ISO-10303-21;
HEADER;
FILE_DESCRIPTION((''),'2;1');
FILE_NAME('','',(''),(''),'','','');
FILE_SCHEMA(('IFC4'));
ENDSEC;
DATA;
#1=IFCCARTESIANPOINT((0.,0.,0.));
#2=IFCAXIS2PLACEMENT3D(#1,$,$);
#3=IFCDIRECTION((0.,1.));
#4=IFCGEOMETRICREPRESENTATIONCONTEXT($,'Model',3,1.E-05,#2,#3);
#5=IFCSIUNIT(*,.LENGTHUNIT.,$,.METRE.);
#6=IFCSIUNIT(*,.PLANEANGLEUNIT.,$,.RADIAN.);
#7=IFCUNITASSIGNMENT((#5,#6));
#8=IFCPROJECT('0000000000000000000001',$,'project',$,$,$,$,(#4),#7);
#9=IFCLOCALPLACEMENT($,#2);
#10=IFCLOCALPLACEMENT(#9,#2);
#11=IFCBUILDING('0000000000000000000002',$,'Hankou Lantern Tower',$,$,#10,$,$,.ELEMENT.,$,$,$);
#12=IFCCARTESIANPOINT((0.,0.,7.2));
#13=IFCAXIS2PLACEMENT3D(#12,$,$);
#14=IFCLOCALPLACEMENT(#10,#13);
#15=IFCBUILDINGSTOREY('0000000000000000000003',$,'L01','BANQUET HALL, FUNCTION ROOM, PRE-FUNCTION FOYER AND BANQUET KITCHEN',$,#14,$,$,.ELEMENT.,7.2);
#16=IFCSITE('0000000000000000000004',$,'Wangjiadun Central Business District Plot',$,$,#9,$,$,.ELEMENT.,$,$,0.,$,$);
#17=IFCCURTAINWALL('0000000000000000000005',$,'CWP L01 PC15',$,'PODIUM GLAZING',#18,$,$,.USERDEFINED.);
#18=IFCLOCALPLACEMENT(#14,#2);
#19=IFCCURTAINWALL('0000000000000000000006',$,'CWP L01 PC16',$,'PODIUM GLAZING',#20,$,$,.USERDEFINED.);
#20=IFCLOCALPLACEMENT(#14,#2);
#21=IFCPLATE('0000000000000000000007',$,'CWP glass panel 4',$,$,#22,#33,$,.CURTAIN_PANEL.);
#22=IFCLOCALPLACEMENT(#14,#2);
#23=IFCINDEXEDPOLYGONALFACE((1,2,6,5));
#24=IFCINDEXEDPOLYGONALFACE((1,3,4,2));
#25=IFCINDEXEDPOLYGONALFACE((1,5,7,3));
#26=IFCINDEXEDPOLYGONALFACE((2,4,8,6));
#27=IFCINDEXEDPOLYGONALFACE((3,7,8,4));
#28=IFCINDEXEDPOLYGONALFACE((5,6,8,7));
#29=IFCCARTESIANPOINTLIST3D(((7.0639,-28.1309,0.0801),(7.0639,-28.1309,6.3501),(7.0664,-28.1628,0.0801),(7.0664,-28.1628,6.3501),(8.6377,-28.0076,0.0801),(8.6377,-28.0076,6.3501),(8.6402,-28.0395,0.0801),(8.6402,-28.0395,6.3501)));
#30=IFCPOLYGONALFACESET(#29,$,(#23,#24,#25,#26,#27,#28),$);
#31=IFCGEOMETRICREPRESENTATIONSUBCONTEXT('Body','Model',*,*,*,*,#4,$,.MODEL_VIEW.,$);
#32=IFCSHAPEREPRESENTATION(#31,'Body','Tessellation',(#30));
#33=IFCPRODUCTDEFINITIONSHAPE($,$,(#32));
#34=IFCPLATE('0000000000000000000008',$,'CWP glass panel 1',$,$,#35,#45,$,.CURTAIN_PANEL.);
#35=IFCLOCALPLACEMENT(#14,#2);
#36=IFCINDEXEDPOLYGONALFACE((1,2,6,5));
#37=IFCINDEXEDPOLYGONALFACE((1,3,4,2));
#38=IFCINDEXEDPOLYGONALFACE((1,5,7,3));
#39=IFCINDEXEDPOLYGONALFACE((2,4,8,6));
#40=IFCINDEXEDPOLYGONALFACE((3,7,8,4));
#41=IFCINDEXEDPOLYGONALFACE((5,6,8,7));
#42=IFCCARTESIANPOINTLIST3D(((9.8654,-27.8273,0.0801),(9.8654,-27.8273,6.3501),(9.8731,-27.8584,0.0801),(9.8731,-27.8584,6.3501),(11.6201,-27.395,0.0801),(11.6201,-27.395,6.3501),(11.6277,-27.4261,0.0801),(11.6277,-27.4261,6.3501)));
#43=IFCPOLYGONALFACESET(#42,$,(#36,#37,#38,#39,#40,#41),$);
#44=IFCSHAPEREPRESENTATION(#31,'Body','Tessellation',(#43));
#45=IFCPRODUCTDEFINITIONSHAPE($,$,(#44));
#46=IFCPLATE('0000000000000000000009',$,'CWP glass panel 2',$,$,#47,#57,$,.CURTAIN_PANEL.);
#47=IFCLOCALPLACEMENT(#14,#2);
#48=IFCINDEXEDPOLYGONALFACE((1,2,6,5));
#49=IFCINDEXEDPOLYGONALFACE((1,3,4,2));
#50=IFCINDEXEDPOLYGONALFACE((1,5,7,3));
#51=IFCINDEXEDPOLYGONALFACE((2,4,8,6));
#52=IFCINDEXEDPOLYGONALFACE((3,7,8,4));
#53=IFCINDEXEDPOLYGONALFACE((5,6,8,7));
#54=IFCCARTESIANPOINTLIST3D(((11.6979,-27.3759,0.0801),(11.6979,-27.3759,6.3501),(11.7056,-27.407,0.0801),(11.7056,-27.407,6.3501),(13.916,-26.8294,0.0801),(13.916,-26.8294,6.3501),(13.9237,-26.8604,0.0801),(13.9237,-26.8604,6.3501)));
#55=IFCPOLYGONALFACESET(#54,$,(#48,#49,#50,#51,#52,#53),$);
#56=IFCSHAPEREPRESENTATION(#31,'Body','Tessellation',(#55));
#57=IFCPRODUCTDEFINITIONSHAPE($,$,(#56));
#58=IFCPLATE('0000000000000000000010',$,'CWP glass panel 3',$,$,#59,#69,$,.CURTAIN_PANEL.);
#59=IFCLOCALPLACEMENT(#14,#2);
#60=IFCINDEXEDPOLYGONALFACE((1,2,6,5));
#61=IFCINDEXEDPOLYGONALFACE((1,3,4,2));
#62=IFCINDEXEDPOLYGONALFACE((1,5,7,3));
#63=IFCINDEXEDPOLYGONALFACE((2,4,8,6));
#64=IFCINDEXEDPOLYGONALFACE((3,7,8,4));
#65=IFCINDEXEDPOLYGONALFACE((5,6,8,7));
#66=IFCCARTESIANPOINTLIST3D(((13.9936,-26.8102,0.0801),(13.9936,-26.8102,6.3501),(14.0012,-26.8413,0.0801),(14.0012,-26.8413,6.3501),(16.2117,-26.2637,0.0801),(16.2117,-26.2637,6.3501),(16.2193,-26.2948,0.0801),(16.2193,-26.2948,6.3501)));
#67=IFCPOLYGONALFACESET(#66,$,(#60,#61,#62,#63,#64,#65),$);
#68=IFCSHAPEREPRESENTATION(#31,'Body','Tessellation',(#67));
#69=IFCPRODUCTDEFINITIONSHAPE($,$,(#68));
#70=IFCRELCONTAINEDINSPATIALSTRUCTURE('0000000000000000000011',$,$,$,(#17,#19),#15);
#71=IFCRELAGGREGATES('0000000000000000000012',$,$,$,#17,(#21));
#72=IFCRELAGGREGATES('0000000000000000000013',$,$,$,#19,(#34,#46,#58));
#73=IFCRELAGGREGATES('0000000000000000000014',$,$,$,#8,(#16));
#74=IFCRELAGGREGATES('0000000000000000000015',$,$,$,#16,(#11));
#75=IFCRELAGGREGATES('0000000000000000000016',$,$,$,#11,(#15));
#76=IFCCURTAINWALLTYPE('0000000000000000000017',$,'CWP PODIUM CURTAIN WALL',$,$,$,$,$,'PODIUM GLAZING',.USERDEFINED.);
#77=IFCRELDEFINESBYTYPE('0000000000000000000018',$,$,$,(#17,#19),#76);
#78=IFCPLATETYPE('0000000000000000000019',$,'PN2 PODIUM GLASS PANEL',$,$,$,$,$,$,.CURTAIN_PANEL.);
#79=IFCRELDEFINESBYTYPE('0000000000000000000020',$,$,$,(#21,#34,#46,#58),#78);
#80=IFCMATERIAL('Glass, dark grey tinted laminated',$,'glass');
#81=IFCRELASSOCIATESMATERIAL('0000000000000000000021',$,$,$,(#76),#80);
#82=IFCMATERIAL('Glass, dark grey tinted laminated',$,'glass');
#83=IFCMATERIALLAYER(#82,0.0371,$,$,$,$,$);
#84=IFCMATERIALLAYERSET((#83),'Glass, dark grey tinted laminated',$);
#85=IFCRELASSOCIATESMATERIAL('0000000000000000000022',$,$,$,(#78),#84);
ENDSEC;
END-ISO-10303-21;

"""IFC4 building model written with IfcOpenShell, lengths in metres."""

from ifc_helpers import new_model, si_unit, direction, frame, origin, origin_2d, place, context, subcontext, project, spatial, rectangle, extrude, material, layer, layer_set, type_object, element, aggregate, save


model = new_model("IFC4")

# Units and contexts
model_context = context("Model", 3, precision=1e-05, world=origin(), true_north=direction((0.0, 1.0)))
body_context = subcontext(model_context, "Body", "Model", "MODEL_VIEW")
ifc_project = project(units=[si_unit("LENGTHUNIT", "METRE"), si_unit("PLANEANGLEUNIT", "RADIAN")], contexts=[model_context])

# Site, building, storey
site_placement = place(None, origin())
site = spatial("IfcSite", under=ifc_project, at=site_placement, Name="Wangjiadun Central Business District Plot", CompositionType="ELEMENT", RefElevation=0.0)
building_placement = place(site_placement, origin())
building = spatial("IfcBuilding", under=site, at=building_placement, Name="Hankou Lantern Tower", CompositionType="ELEMENT")
storey_placement = place(building_placement, frame((0.0, 0.0, 7.2)))
storey = spatial("IfcBuildingStorey", under=building, at=storey_placement, Name="L01", Description="BANQUET HALL, FUNCTION ROOM, PRE-FUNCTION FOYER AND BANQUET KITCHEN", CompositionType="ELEMENT", Elevation=7.2)

# Curtain wall
ifc_material_1 = material(Name="Glass, dark grey tinted laminated", Category="glass")
curtain_wall_type = type_object("IfcCurtainWallType", Name="CWP PODIUM CURTAIN WALL", ElementType="PODIUM GLAZING", PredefinedType="USERDEFINED", material=ifc_material_1)
curtain_wall_1_placement = place(storey_placement, origin())
curtain_wall_1 = element("IfcCurtainWall", 1, at=curtain_wall_1_placement, inside=storey, type_object=curtain_wall_type, Name="CWP L01 PC15", ObjectType="PODIUM GLAZING", PredefinedType="USERDEFINED")

# Curtain wall
curtain_wall_2_placement = place(storey_placement, origin())
curtain_wall_2 = element("IfcCurtainWall", 2, at=curtain_wall_2_placement, inside=storey, type_object=curtain_wall_type, Name="CWP L01 PC16", ObjectType="PODIUM GLAZING", PredefinedType="USERDEFINED")

# Plates
ifc_material_2 = material(Name="Glass, dark grey tinted laminated", Category="glass")
ifc_layer = layer(ifc_material_2, 0.0371)
ifc_layer_set = layer_set([ifc_layer], Name="Glass, dark grey tinted laminated")
plate_type = type_object("IfcPlateType", Name="PN2 PODIUM GLASS PANEL", PredefinedType="CURTAIN_PANEL", material=ifc_layer_set)
plate_1_placement = place(storey_placement, frame((7.8521, -28.0852, 0.0801), z_axis=(0.0, 0.0, 1.0), x_axis=(0.996949, 0.078062, 0.0)))
plate_1 = element("IfcPlate", 3, at=plate_1_placement, type_object=plate_type, Name="CWP glass panel 4", PredefinedType="CURTAIN_PANEL", context=body_context, shape_type="SweptSolid", body=[
    extrude(rectangle(XDim=1.5786, YDim=0.032, at=origin_2d()), origin(), (0.0, 0.0, 1.0), 6.27),
])
aggregate(curtain_wall_1, [plate_1])
plate_2_placement = place(storey_placement, frame((10.7466, -27.6267, 0.0801), z_axis=(0.0, 0.0, 1.0), x_axis=(0.970961, 0.239238, 0.0)))
plate_2 = element("IfcPlate", 4, at=plate_2_placement, type_object=plate_type, Name="CWP glass panel 1", PredefinedType="CURTAIN_PANEL", context=body_context, shape_type="SweptSolid", body=[
    extrude(rectangle(XDim=1.8071, YDim=0.032, at=origin_2d()), origin(), (0.0, 0.0, 1.0), 6.27),
])
plate_3_placement = place(storey_placement, frame((12.8108, -27.1182, 0.0801), z_axis=(0.0, 0.0, 1.0), x_axis=(0.970961, 0.239238, 0.0)))
plate_3 = element("IfcPlate", 5, at=plate_3_placement, type_object=plate_type, Name="CWP glass panel 2", PredefinedType="CURTAIN_PANEL", context=body_context, shape_type="SweptSolid", body=[
    extrude(rectangle(XDim=2.2844, YDim=0.032, at=origin_2d()), origin(), (0.0, 0.0, 1.0), 6.27),
])
plate_4_placement = place(storey_placement, frame((15.1064, -26.5525, 0.0801), z_axis=(0.0, 0.0, 1.0), x_axis=(0.970961, 0.239238, 0.0)))
plate_4 = element("IfcPlate", 6, at=plate_4_placement, type_object=plate_type, Name="CWP glass panel 3", PredefinedType="CURTAIN_PANEL", context=body_context, shape_type="SweptSolid", body=[
    extrude(rectangle(XDim=2.2844, YDim=0.032, at=origin_2d()), origin(), (0.0, 0.0, 1.0), 6.27),
])
aggregate(curtain_wall_2, [plate_2, plate_3, plate_4])

save(model, "model.ifc")
